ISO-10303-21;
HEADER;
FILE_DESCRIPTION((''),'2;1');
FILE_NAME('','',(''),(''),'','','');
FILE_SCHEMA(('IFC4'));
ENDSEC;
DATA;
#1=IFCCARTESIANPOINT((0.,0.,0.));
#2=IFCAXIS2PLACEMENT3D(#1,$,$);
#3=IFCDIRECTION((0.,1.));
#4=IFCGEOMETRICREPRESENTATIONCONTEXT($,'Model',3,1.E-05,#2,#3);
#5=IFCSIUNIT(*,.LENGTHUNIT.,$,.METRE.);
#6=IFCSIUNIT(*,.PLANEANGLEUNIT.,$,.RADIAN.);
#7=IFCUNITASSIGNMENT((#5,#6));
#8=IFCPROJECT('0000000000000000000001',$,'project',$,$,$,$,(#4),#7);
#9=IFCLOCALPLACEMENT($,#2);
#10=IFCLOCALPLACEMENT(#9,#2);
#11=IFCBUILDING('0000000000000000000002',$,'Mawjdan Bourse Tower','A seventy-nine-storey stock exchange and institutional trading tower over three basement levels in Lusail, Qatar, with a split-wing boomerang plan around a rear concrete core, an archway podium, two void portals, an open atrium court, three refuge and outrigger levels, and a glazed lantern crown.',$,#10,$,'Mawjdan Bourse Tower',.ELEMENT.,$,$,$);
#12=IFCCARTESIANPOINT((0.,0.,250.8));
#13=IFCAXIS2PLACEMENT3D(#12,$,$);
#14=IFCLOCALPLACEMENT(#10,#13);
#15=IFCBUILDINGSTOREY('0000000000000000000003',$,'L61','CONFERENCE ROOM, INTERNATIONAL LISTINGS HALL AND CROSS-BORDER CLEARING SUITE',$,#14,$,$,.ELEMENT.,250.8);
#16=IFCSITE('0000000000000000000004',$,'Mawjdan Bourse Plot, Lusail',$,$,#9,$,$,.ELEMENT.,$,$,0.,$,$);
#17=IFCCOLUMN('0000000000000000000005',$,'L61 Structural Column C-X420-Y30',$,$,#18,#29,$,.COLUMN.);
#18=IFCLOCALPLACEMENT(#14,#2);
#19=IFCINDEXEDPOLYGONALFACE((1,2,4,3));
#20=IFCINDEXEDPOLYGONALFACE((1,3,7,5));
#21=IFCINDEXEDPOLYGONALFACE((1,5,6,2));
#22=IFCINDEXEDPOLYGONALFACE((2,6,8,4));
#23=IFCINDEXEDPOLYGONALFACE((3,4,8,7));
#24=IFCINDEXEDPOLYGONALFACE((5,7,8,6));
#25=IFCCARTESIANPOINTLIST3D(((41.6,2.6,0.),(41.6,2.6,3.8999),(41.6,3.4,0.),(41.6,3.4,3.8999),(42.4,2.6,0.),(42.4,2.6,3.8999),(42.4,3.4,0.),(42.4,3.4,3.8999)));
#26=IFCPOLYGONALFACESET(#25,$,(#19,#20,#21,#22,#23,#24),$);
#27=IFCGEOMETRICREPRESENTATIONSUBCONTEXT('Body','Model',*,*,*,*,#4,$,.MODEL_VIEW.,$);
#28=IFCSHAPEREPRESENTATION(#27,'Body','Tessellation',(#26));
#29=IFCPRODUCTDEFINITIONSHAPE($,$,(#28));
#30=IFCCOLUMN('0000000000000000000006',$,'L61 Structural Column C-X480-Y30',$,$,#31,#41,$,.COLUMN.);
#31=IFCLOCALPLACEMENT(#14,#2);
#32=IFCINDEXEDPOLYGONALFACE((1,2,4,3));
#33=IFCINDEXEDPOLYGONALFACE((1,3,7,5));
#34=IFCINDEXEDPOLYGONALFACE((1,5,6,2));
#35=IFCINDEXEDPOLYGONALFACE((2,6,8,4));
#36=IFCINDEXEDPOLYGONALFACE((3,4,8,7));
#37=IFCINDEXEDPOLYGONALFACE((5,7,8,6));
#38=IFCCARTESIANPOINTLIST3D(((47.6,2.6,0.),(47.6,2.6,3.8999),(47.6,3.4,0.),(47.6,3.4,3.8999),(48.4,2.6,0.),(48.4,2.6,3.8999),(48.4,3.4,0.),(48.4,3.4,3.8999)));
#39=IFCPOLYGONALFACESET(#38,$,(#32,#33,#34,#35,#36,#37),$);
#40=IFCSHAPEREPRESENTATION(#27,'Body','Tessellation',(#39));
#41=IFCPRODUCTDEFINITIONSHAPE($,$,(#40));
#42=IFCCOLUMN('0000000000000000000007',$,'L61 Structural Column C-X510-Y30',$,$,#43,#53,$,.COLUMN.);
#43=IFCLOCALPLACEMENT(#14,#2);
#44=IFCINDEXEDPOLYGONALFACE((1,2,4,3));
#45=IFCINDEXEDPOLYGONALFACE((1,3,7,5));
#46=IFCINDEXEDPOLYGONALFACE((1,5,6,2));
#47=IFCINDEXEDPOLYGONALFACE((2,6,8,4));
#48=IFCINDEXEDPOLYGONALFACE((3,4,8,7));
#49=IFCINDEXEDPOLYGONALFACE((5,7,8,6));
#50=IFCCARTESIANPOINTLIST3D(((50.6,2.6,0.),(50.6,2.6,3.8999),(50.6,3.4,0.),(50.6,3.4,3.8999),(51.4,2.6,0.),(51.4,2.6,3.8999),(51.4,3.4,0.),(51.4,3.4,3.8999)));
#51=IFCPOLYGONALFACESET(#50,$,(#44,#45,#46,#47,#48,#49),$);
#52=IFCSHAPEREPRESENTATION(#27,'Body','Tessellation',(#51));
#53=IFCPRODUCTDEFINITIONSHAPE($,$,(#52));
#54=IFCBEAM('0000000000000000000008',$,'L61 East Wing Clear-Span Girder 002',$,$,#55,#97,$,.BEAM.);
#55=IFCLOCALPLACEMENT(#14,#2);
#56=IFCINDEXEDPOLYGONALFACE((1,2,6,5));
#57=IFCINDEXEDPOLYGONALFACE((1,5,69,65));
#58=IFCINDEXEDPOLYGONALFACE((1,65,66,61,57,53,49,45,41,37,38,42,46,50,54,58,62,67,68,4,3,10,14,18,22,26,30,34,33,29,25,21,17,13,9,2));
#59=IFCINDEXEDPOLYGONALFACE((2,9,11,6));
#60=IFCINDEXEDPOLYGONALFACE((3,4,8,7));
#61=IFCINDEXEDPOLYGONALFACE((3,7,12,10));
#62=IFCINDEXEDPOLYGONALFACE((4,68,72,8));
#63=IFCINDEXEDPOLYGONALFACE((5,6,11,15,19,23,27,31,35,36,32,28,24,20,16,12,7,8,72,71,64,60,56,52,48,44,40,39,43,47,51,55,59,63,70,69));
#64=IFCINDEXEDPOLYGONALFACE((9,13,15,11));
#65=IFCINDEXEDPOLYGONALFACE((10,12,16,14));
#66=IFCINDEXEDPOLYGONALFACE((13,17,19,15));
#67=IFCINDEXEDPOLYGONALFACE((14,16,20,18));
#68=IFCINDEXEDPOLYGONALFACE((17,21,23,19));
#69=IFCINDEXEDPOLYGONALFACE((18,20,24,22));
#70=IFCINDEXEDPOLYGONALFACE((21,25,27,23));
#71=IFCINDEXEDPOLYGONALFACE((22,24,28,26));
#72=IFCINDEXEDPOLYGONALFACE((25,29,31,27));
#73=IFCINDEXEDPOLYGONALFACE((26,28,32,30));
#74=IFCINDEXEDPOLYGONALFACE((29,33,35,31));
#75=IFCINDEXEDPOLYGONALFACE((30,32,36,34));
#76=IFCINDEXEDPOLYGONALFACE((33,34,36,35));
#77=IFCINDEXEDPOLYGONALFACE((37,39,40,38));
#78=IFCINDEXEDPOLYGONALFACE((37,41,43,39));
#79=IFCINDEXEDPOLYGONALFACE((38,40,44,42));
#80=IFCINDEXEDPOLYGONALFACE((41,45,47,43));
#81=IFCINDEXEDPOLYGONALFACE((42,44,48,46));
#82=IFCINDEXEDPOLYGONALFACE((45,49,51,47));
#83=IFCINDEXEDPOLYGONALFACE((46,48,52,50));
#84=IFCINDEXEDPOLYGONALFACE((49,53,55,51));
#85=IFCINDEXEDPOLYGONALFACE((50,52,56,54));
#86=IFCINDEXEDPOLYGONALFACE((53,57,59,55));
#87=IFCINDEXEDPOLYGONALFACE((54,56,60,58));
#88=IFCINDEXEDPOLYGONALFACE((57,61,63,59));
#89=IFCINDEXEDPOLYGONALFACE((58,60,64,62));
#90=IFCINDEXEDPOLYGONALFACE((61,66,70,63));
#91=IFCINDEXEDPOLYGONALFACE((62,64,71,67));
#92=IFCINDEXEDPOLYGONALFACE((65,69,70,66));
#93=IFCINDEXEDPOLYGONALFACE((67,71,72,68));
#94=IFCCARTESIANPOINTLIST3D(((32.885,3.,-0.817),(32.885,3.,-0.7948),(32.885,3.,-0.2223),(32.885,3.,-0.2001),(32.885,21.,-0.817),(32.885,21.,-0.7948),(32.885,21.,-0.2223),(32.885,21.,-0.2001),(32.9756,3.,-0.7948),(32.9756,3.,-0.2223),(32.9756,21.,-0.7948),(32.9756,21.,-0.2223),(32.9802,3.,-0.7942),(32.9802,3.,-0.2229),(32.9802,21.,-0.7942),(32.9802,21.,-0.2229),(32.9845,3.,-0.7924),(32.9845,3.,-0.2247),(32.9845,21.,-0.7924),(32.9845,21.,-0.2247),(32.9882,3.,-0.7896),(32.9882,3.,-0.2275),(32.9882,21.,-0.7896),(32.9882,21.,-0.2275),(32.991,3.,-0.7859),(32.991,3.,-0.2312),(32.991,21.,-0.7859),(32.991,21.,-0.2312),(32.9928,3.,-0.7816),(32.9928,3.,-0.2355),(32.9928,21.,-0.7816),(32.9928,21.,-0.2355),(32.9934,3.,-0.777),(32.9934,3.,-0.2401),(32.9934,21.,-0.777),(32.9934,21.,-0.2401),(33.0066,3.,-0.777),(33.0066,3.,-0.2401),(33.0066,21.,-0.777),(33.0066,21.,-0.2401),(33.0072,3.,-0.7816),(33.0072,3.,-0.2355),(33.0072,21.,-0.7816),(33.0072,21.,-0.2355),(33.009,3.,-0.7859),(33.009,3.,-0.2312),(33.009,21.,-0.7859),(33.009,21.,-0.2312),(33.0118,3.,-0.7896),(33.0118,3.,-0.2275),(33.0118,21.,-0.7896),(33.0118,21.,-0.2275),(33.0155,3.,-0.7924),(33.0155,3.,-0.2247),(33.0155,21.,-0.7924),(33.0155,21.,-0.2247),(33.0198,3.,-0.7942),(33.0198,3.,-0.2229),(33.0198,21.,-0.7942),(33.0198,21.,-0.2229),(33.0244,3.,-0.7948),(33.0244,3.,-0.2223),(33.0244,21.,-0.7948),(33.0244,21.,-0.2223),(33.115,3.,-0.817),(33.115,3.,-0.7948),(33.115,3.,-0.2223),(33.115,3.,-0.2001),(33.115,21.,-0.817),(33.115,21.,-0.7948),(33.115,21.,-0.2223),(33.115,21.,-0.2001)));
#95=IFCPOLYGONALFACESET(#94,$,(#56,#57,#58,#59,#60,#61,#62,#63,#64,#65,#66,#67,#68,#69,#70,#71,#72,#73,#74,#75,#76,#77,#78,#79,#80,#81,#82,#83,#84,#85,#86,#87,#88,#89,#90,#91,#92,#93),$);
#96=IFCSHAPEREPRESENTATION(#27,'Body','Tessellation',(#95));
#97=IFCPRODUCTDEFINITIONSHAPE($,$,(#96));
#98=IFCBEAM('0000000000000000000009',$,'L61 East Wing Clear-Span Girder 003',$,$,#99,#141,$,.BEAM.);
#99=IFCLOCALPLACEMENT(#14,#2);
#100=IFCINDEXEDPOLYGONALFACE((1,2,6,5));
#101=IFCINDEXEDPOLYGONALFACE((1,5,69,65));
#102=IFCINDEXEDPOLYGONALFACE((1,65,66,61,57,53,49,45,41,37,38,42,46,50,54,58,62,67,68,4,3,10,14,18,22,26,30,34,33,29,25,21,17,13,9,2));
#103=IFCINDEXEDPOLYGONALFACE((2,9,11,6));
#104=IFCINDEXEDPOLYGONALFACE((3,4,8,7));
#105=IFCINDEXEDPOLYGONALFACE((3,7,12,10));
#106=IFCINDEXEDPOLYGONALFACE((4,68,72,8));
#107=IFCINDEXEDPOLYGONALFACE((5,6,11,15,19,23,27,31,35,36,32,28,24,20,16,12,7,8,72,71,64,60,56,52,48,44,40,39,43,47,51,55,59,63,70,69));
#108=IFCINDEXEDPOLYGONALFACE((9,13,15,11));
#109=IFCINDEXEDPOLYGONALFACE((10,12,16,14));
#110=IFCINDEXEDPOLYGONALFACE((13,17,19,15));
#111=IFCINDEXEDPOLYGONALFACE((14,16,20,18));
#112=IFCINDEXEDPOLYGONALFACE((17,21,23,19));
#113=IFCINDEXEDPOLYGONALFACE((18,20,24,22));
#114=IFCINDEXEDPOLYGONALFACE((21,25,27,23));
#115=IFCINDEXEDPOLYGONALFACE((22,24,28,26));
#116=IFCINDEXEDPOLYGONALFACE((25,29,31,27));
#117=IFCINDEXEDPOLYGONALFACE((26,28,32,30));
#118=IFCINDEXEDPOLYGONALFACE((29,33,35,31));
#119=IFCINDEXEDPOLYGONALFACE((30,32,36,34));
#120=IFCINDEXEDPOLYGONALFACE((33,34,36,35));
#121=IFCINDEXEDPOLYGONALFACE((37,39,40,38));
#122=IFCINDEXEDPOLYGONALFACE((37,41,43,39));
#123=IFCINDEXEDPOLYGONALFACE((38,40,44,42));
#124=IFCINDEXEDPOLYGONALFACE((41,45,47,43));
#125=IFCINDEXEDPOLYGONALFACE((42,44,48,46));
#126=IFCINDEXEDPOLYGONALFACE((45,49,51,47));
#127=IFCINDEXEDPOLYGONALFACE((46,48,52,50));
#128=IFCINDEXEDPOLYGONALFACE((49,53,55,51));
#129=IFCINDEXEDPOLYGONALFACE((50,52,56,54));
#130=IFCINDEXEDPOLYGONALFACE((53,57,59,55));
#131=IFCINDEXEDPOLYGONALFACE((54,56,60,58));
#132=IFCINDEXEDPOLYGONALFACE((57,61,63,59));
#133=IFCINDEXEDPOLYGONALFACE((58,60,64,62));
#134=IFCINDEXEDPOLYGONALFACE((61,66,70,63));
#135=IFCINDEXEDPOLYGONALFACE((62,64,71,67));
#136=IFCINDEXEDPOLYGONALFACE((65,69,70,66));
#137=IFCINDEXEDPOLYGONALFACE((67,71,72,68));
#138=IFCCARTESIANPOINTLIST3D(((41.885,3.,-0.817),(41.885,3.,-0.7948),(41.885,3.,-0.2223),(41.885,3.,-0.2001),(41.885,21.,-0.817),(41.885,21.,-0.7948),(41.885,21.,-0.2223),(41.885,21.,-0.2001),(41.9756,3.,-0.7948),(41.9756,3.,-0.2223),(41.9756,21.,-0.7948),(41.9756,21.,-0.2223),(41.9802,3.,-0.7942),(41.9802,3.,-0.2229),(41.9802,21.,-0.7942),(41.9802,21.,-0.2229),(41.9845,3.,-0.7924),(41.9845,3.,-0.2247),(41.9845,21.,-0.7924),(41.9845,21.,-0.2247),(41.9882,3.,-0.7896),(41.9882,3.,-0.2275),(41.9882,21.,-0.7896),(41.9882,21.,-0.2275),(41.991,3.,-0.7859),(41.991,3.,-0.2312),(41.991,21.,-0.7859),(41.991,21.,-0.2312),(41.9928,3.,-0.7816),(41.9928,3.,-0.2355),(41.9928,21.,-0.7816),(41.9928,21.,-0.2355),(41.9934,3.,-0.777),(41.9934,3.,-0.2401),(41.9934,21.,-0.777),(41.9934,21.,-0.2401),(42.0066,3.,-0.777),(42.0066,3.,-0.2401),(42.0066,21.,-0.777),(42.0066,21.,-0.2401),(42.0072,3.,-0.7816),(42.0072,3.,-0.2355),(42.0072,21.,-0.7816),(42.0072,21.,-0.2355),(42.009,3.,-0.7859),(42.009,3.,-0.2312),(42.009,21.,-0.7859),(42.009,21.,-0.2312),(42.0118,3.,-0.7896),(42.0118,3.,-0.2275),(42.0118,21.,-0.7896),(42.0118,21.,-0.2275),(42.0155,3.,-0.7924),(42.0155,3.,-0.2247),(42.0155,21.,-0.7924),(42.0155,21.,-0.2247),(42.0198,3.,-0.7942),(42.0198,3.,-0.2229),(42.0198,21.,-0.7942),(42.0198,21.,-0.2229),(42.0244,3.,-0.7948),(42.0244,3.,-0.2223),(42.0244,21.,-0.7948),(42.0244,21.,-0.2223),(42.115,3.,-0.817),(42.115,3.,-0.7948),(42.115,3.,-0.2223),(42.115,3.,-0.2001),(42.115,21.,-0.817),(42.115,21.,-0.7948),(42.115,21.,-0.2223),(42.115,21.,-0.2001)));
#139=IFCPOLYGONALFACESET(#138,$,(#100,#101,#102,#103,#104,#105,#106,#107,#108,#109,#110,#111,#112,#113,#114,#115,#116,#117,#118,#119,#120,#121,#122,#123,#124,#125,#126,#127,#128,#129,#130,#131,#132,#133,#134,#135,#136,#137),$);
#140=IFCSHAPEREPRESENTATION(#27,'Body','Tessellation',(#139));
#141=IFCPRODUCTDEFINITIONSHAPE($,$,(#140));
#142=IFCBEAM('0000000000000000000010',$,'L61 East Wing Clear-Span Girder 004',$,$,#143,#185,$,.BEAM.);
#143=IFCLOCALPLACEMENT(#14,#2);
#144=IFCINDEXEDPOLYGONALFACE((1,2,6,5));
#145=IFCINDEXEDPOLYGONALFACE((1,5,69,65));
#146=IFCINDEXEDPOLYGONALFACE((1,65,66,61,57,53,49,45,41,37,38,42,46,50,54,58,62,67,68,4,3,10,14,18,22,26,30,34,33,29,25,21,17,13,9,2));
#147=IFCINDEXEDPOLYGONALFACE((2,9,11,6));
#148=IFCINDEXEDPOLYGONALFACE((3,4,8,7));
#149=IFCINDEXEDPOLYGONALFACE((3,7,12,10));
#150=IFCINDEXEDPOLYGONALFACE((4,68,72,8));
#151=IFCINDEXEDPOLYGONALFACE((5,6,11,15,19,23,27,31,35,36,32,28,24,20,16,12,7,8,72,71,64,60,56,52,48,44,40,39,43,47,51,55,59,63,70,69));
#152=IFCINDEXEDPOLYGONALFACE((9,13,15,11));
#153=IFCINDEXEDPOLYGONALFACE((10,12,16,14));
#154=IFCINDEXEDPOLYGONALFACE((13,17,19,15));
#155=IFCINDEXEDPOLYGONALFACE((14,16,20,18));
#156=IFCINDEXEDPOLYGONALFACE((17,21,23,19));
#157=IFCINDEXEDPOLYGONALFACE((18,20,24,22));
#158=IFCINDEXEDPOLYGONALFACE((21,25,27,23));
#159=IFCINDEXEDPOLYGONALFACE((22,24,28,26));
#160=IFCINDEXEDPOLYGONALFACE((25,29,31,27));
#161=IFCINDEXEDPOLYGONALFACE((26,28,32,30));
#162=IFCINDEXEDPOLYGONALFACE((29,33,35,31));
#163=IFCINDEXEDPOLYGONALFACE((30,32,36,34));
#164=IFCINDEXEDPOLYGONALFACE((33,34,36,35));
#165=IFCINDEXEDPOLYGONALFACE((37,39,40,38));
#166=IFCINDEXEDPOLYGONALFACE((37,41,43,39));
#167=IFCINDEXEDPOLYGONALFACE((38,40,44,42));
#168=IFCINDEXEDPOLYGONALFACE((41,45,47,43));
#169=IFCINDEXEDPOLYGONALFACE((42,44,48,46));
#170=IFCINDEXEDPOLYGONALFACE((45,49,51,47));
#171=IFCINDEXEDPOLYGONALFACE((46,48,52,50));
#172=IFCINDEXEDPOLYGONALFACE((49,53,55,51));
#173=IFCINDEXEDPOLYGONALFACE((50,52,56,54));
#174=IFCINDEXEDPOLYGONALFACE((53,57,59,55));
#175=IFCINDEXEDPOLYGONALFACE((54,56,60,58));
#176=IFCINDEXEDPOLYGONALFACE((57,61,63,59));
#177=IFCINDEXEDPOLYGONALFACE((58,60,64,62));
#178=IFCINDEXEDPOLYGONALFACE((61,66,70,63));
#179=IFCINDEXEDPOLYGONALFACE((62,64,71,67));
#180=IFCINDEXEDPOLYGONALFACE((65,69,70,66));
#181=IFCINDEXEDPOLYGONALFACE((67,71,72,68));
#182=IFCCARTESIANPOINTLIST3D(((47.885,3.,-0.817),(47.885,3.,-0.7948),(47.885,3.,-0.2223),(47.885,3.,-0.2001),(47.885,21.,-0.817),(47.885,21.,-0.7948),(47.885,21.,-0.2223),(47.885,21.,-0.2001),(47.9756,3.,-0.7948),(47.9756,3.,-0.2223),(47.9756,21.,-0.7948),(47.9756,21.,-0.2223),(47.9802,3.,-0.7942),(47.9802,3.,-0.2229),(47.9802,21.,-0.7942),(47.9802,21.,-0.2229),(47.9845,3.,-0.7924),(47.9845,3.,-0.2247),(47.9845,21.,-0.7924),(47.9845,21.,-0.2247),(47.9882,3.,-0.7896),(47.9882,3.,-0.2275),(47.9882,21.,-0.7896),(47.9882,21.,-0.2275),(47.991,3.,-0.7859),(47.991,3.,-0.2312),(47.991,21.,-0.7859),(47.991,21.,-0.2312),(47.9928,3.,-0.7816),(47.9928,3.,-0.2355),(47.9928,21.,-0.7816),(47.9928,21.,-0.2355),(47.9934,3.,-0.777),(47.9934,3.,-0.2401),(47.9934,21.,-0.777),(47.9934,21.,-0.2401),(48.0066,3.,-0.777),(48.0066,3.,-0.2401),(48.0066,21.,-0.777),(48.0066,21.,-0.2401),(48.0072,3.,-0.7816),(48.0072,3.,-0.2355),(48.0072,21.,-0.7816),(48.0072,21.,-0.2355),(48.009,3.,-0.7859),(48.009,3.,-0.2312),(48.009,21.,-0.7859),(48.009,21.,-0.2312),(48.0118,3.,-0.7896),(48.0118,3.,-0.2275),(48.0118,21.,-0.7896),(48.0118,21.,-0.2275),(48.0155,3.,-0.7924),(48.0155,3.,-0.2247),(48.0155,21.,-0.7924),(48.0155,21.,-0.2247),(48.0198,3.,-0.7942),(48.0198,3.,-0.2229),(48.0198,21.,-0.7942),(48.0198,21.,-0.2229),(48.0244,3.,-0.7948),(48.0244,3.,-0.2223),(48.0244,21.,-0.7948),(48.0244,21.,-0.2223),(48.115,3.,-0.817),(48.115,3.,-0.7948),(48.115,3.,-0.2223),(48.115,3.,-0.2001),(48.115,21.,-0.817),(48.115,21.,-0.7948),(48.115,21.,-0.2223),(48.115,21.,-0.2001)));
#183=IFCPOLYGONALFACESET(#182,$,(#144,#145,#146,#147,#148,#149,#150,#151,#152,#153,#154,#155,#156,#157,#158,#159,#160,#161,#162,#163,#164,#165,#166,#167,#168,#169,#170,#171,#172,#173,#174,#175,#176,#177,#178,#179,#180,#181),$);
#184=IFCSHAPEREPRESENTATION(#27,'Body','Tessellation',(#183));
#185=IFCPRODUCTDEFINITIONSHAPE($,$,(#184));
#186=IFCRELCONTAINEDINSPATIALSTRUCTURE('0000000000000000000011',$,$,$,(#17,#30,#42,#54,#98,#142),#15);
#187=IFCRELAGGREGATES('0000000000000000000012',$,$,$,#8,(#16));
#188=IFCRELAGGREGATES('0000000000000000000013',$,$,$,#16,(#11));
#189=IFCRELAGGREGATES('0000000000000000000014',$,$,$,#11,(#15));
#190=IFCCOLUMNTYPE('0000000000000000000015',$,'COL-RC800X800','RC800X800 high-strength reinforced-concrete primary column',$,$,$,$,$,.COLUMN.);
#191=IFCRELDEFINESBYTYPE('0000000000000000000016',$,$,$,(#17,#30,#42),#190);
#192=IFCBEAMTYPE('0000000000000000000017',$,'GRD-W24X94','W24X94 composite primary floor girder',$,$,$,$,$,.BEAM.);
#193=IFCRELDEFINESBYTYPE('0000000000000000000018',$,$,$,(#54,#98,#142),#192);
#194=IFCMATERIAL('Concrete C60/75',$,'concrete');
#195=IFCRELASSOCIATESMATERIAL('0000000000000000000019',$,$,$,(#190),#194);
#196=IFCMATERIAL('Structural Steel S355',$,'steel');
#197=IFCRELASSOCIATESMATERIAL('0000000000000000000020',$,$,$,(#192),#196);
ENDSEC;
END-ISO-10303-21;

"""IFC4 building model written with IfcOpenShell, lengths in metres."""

from ifc_helpers import new_model, si_unit, direction, frame, origin, origin_2d, place, context, subcontext, project, spatial, rectangle, i_section, extrude, material, material_profile, profile_set, type_object, element, save


model = new_model("IFC4")

# Units and contexts
model_context = context("Model", 3, precision=1e-05, world=origin(), true_north=direction((0.0, 1.0)))
body_context = subcontext(model_context, "Body", "Model", "MODEL_VIEW")
ifc_project = project(units=[si_unit("LENGTHUNIT", "METRE"), si_unit("PLANEANGLEUNIT", "RADIAN")], contexts=[model_context])

# Site, building, storey
site_placement = place(None, origin())
site = spatial("IfcSite", under=ifc_project, at=site_placement, Name="Mawjdan Bourse Plot, Lusail", CompositionType="ELEMENT", RefElevation=0.0)
building_placement = place(site_placement, origin())
building = spatial("IfcBuilding", under=site, at=building_placement, Name="Mawjdan Bourse Tower", Description="A seventy-nine-storey stock exchange and institutional trading tower over three basement levels in Lusail, Qatar, with a split-wing boomerang plan around a rear concrete core, an archway podium, two void portals, an open atrium court, three refuge and outrigger levels, and a glazed lantern crown.", LongName="Mawjdan Bourse Tower", CompositionType="ELEMENT")
storey_placement = place(building_placement, frame((0.0, 0.0, 250.8)))
storey = spatial("IfcBuildingStorey", under=building, at=storey_placement, Name="L61", Description="CONFERENCE ROOM, INTERNATIONAL LISTINGS HALL AND CROSS-BORDER CLEARING SUITE", CompositionType="ELEMENT", Elevation=250.8)

# Columns
ifc_material_1 = material(Name="Concrete C60/75", Category="concrete")
ifc_material_profile_1 = material_profile(ifc_material_1, rectangle(XDim=0.8, YDim=0.8, at=origin_2d()), Name="RC800X800")
ifc_profile_set_1 = profile_set([ifc_material_profile_1], Name="Concrete C60/75")
column_type = type_object("IfcColumnType", Name="COL-RC800X800", Description="RC800X800 high-strength reinforced-concrete primary column", PredefinedType="COLUMN", material=ifc_profile_set_1)
for number, where, z_axis, x_axis, name in (
    (1, (42.0, 3.0, 0.0), (0.0, 0.0, 1.0), (1.0, 0.0, 0.0), "L61 Structural Column C-X420-Y30"),
    (2, (48.0, 3.0, 0.0), (0.0, 0.0, 1.0), (1.0, 0.0, 0.0), "L61 Structural Column C-X480-Y30"),
    (3, (51.0, 3.0, 0.0), (0.0, 0.0, 1.0), (1.0, 0.0, 0.0), "L61 Structural Column C-X510-Y30"),
):
    element("IfcColumn", number, at=place(storey_placement, frame(where, z_axis=z_axis, x_axis=x_axis)), inside=storey, type_object=column_type, Name=name, PredefinedType="COLUMN", context=body_context, shape_type="SweptSolid", body=[
        extrude(rectangle(XDim=0.8, YDim=0.8, at=origin_2d()), origin(), (0.0, 0.0, 1.0), 3.8999),
    ])

# Beams
ifc_material_2 = material(Name="Structural Steel S355", Category="steel")
ifc_material_profile_2 = material_profile(ifc_material_2, i_section(OverallWidth=0.23, OverallDepth=0.6169, WebThickness=0.0132, FlangeThickness=0.0222, FilletRadius=0.0178, at=origin_2d()), Name="W24X94")
ifc_profile_set_2 = profile_set([ifc_material_profile_2], Name="Structural Steel S355")
beam_type_1 = type_object("IfcBeamType", Name="GRD-W24X94", Description="W24X94 composite primary floor girder", PredefinedType="BEAM", material=ifc_profile_set_2)
for number, where, z_axis, x_axis, name in (
    (4, (33.0, 3.0, -0.5085), (0.0, 1.0, 0.0), (-1.0, 0.0, 0.0), "L61 East Wing Clear-Span Girder 002"),
    (5, (42.0, 3.0, -0.5085), (0.0, 1.0, 0.0), (-1.0, 0.0, 0.0), "L61 East Wing Clear-Span Girder 003"),
    (6, (48.0, 3.0, -0.5085), (0.0, 1.0, 0.0), (-1.0, 0.0, 0.0), "L61 East Wing Clear-Span Girder 004"),
):
    element("IfcBeam", number, at=place(storey_placement, frame(where, z_axis=z_axis, x_axis=x_axis)), inside=storey, type_object=beam_type_1, Name=name, PredefinedType="BEAM", context=body_context, shape_type="SweptSolid", body=[
        extrude(i_section(OverallWidth=0.23, OverallDepth=0.6169, WebThickness=0.0132, FlangeThickness=0.0222, FilletRadius=0.0178, at=origin_2d()), origin(), (0.0, 0.0, 1.0), 18.0),
    ])

save(model, "model.ifc")
